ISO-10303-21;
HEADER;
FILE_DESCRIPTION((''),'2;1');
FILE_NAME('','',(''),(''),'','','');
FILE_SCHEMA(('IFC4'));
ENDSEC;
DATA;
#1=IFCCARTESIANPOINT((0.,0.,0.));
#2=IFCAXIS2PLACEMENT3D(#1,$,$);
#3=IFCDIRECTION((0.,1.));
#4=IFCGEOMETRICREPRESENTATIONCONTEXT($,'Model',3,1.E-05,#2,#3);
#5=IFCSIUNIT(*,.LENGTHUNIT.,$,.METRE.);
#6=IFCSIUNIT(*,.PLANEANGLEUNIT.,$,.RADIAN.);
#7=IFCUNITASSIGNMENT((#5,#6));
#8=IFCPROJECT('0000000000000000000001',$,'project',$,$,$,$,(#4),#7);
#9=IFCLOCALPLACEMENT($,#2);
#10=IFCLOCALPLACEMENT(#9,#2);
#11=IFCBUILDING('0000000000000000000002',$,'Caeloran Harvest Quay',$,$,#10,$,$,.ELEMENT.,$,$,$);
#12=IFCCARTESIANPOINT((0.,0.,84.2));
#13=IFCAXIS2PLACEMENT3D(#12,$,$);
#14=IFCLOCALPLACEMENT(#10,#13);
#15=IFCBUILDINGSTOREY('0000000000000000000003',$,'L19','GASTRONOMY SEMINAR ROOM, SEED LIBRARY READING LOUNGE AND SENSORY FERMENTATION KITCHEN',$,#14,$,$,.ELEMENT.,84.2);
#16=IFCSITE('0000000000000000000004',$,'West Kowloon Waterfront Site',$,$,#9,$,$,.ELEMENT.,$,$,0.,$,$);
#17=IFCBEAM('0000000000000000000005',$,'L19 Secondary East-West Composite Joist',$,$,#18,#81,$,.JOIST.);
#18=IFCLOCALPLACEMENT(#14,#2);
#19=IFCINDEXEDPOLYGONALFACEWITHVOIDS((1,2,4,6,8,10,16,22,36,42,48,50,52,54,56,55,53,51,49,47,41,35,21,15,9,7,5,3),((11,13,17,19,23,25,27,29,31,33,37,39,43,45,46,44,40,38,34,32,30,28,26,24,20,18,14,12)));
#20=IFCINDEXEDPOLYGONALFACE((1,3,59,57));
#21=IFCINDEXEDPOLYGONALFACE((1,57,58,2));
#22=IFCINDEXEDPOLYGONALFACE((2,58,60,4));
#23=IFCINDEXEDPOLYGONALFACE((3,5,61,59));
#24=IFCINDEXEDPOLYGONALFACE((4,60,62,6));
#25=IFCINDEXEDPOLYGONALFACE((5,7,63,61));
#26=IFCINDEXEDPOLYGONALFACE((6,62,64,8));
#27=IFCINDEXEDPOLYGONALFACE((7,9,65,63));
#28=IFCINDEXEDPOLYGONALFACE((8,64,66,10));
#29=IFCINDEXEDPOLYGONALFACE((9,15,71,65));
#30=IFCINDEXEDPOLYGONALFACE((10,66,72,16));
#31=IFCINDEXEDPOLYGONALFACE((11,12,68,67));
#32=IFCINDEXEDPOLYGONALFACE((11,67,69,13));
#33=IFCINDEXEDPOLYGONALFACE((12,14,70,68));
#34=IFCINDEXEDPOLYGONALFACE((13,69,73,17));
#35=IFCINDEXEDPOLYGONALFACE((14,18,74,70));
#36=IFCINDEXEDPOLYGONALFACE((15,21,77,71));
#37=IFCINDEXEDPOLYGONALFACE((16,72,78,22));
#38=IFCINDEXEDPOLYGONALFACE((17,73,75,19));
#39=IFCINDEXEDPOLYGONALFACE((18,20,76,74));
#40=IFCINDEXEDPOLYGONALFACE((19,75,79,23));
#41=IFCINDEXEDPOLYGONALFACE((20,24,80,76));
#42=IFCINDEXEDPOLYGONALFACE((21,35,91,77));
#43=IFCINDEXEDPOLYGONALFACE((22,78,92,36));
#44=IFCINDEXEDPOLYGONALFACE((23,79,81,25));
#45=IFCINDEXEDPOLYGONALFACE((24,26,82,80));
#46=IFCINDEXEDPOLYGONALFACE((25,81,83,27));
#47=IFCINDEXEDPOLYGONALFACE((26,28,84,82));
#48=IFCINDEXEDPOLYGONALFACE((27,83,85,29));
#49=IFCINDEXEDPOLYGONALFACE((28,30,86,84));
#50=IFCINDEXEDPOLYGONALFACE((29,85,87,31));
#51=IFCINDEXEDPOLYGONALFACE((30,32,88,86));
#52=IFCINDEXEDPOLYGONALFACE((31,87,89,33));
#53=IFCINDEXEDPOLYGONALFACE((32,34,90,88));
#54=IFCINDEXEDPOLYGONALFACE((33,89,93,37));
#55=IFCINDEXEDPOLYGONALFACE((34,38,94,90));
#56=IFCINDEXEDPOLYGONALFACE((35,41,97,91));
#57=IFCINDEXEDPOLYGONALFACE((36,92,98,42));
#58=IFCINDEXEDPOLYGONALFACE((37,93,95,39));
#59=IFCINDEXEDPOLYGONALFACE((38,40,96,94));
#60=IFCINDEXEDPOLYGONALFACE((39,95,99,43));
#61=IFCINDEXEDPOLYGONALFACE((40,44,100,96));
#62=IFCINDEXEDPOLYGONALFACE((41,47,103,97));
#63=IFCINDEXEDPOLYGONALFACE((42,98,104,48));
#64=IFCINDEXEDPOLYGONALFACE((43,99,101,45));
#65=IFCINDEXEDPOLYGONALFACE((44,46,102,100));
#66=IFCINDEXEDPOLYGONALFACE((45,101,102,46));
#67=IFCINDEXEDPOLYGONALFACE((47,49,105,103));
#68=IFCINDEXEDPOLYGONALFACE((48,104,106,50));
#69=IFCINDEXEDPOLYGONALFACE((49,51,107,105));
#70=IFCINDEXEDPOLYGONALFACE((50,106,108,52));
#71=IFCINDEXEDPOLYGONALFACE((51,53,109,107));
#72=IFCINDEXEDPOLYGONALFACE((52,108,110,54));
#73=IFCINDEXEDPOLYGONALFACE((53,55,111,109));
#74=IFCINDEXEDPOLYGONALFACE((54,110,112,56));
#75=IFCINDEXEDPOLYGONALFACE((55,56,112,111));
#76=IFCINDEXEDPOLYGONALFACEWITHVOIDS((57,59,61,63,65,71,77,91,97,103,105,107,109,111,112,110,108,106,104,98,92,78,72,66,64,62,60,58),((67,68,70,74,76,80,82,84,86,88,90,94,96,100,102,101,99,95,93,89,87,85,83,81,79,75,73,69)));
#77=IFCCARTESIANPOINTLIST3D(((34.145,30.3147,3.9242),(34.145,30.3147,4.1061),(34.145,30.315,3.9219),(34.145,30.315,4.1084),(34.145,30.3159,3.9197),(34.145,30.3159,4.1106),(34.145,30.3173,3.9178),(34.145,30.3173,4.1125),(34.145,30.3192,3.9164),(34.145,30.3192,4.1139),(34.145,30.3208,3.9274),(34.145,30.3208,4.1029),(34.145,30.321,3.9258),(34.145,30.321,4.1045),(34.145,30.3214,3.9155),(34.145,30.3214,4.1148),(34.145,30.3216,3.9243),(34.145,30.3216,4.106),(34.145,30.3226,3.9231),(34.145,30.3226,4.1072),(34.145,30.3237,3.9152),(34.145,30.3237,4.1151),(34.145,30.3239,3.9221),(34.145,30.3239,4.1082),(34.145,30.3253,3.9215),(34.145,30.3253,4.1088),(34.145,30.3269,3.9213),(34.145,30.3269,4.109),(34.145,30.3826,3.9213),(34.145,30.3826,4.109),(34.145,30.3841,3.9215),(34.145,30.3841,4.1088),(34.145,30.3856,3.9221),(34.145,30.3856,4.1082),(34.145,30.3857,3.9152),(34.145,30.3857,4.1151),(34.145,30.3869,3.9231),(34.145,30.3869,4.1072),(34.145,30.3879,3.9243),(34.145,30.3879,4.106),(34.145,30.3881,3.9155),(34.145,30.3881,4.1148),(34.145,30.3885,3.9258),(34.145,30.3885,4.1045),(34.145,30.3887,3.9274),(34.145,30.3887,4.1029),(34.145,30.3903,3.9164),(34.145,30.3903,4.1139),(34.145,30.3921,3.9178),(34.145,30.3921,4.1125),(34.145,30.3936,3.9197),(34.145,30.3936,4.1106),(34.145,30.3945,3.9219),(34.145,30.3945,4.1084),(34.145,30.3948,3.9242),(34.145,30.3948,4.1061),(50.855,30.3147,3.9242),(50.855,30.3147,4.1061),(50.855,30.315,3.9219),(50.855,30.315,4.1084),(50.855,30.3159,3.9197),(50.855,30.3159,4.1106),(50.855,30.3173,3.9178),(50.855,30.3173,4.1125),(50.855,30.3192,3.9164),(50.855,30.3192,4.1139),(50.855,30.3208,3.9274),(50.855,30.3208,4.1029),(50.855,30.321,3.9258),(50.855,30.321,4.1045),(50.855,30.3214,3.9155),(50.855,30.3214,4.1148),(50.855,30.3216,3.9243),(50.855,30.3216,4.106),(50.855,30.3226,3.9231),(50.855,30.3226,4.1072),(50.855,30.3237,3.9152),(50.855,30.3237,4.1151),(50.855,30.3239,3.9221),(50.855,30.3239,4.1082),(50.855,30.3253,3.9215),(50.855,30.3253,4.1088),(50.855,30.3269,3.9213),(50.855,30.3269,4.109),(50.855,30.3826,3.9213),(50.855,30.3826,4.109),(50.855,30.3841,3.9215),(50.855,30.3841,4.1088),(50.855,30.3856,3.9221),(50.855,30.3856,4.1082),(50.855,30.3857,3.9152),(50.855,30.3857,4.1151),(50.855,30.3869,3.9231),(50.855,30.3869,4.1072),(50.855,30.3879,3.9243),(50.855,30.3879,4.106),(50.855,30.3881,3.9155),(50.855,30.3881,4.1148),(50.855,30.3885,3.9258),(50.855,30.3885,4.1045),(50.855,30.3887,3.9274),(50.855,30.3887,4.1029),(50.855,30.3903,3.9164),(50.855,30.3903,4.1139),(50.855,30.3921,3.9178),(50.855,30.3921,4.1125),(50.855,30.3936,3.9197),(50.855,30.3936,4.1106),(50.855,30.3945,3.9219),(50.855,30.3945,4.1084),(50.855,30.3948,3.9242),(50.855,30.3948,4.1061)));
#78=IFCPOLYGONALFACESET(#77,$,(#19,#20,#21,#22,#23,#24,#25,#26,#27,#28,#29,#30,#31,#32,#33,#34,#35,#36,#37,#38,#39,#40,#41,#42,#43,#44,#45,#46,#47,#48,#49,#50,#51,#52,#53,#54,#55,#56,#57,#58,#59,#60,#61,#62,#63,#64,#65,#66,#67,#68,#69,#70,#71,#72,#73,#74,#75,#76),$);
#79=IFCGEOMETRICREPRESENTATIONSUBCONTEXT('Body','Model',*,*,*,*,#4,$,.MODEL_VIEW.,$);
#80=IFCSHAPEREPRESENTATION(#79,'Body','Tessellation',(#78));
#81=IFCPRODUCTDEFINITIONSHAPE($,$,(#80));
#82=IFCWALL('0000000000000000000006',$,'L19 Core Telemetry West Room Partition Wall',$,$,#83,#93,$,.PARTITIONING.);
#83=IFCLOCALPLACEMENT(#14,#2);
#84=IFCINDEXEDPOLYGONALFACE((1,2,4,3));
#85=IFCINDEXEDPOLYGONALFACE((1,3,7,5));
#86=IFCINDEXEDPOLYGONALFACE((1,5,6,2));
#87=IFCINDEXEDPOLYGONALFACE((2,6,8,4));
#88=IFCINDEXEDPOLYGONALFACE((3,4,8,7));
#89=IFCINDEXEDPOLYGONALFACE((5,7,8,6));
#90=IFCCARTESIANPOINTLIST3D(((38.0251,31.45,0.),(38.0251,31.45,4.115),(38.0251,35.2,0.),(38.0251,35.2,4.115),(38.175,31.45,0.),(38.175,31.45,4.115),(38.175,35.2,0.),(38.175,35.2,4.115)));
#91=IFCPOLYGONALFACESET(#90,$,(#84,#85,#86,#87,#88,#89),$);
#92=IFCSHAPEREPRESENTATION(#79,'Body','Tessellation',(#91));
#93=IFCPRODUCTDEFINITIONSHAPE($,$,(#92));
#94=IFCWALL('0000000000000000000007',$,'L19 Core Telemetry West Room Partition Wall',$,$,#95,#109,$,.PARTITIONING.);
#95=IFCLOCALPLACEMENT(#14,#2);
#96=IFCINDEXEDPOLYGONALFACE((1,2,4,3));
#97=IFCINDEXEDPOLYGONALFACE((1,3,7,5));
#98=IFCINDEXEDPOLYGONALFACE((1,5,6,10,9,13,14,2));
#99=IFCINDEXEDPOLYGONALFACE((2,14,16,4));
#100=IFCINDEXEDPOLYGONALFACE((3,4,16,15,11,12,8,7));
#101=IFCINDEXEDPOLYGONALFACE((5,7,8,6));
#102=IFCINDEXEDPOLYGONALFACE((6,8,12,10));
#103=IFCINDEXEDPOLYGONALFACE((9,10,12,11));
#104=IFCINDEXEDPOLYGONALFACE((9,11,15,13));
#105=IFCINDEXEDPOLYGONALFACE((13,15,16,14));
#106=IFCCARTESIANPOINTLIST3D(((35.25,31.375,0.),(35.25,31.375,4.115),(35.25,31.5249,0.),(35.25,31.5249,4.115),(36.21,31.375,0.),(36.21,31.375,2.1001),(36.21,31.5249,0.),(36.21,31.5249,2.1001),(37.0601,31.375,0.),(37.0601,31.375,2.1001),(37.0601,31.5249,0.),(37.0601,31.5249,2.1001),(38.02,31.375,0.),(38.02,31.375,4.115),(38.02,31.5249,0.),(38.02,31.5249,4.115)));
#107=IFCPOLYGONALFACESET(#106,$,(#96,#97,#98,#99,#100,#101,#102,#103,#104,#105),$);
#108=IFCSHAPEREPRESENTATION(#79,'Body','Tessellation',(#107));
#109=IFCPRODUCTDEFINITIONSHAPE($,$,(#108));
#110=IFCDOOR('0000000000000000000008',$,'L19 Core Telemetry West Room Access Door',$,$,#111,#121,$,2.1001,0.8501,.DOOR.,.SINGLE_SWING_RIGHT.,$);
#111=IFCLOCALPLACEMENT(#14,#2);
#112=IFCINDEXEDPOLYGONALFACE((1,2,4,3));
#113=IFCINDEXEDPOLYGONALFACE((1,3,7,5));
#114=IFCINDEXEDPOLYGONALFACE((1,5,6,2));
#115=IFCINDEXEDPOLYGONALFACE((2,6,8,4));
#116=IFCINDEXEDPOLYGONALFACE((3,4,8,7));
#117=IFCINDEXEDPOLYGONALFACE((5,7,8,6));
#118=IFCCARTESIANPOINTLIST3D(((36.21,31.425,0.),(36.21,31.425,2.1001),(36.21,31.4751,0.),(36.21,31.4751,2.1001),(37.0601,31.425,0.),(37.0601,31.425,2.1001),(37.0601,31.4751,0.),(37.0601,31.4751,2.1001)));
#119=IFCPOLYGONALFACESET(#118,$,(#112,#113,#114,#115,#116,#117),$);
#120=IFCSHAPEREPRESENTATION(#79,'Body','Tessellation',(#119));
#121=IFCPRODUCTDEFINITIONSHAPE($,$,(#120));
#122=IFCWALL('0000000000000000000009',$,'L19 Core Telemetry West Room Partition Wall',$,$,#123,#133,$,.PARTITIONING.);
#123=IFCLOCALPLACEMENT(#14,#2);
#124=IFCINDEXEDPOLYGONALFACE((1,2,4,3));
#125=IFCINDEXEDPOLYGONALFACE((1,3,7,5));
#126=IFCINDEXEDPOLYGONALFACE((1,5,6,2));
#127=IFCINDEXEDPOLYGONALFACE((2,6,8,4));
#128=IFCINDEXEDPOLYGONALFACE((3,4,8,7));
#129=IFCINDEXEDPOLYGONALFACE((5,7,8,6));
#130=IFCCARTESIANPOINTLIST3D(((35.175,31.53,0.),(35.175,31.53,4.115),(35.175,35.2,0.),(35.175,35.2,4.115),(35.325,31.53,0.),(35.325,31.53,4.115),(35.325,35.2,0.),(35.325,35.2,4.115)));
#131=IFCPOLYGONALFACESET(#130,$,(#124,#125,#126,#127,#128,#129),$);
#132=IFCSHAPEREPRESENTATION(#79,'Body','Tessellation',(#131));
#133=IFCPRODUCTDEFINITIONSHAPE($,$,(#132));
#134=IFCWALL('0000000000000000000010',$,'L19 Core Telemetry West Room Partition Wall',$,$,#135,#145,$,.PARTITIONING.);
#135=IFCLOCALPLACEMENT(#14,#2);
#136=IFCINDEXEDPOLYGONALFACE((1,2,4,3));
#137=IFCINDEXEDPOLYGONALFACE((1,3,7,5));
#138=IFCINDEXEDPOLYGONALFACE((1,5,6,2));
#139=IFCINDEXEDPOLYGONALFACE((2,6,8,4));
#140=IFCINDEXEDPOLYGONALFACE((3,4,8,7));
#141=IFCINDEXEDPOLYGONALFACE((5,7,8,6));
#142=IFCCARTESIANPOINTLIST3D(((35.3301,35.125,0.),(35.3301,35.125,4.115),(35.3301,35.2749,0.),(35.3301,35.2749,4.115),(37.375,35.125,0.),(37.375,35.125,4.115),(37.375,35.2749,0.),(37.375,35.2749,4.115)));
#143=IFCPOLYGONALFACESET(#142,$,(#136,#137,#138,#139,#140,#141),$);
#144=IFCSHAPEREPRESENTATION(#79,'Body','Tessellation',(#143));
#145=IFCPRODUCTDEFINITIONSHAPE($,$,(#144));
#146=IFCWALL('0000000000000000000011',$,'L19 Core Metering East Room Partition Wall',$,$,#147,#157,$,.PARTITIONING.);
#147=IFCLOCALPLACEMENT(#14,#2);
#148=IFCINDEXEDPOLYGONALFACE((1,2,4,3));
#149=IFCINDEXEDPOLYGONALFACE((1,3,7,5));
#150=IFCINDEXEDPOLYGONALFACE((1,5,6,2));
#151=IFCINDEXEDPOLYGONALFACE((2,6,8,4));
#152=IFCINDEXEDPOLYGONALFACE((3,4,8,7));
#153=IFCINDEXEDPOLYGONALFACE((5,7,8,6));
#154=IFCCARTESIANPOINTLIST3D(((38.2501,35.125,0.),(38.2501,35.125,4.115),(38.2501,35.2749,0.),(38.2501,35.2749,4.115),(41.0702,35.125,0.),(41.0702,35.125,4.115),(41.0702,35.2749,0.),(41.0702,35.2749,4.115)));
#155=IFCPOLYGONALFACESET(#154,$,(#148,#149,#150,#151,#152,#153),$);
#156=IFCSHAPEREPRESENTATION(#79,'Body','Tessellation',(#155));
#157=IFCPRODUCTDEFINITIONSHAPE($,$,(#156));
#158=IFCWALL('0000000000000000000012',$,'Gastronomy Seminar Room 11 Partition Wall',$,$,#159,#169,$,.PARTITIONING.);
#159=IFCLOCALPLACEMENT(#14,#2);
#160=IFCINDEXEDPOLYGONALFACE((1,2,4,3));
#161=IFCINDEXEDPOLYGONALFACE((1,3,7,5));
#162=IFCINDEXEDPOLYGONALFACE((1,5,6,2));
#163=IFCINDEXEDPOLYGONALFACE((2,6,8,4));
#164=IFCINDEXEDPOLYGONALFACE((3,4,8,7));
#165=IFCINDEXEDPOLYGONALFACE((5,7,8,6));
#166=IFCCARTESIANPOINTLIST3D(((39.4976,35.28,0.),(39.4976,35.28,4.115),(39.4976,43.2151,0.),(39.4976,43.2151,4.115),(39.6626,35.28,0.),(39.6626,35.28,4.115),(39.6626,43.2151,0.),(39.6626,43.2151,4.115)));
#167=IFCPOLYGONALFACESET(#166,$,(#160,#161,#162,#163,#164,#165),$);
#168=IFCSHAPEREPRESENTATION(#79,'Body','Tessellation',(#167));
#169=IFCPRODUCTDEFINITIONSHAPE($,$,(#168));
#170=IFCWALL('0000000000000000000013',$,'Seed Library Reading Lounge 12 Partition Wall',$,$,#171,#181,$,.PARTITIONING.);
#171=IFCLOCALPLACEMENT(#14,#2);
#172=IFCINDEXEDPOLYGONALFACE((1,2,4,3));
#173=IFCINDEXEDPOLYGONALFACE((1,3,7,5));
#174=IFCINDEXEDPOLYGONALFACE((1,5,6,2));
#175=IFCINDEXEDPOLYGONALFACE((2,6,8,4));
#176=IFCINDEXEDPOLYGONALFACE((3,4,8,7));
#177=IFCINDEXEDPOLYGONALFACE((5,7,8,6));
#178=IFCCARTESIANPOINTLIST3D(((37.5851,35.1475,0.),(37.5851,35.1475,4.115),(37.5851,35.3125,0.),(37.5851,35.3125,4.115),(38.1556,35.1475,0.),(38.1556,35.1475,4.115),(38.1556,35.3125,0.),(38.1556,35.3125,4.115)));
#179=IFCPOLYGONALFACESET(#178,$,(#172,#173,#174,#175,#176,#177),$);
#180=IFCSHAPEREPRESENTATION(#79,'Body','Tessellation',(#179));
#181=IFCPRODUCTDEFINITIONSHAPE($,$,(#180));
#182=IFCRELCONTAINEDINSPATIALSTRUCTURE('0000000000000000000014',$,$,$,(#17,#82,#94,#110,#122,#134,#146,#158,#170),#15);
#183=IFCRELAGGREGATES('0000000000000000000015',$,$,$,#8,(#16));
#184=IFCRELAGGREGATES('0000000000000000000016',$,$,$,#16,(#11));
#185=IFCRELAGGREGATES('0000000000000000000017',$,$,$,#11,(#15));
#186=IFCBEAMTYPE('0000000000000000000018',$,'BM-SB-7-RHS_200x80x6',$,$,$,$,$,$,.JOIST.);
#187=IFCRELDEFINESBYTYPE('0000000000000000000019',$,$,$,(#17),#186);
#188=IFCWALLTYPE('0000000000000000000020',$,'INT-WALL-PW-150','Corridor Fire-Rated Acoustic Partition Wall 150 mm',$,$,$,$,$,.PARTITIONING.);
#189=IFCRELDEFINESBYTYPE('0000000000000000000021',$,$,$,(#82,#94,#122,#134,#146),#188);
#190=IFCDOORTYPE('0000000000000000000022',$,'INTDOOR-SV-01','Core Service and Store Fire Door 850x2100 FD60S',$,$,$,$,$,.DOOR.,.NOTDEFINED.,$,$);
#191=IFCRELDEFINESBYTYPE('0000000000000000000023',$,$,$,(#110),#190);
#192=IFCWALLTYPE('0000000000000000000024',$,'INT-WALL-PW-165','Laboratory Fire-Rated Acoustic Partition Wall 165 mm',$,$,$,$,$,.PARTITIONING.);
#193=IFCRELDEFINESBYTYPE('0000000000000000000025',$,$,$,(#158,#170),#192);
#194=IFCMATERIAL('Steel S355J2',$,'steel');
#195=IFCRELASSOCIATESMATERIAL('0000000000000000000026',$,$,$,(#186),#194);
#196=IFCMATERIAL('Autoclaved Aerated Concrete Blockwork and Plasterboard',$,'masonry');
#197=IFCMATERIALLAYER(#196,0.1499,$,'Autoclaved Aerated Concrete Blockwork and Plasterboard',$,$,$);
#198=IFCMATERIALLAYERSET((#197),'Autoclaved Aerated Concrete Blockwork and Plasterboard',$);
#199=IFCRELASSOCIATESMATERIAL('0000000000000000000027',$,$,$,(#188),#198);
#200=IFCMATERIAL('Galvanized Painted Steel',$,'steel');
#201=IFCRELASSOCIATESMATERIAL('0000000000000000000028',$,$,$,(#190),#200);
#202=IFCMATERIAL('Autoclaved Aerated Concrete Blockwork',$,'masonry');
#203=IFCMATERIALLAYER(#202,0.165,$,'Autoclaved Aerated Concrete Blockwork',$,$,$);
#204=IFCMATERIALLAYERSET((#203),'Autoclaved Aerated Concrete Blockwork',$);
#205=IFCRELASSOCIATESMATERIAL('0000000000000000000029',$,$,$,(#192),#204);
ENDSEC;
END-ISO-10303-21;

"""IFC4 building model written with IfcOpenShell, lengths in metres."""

from ifc_helpers import new_model, si_unit, direction, frame, frame_2d, origin, origin_2d, place, context, subcontext, project, spatial, rectangle, hollow_rectangle, extrude, material, layer, layer_set, material_profile, profile_set, type_object, element, fill, save


model = new_model("IFC4")

# Units and contexts
model_context = context("Model", 3, precision=1e-05, world=origin(), true_north=direction((0.0, 1.0)))
body_context = subcontext(model_context, "Body", "Model", "MODEL_VIEW")
ifc_project = project(units=[si_unit("LENGTHUNIT", "METRE"), si_unit("PLANEANGLEUNIT", "RADIAN")], contexts=[model_context])

# Site, building, storey
site_placement = place(None, origin())
site = spatial("IfcSite", under=ifc_project, at=site_placement, Name="West Kowloon Waterfront Site", CompositionType="ELEMENT", RefElevation=0.0)
building_placement = place(site_placement, origin())
building = spatial("IfcBuilding", under=site, at=building_placement, Name="Caeloran Harvest Quay", CompositionType="ELEMENT")
storey_placement = place(building_placement, frame((0.0, 0.0, 84.2)))
storey = spatial("IfcBuildingStorey", under=building, at=storey_placement, Name="L19", Description="GASTRONOMY SEMINAR ROOM, SEED LIBRARY READING LOUNGE AND SENSORY FERMENTATION KITCHEN", CompositionType="ELEMENT", Elevation=84.2)

# Beam
ifc_material_1 = material(Name="Steel S355J2", Category="steel")
ifc_material_profile_1 = material_profile(ifc_material_1, hollow_rectangle(XDim=0.0801, YDim=0.2, WallThickness=0.0061, InnerFilletRadius=0.0061, OuterFilletRadius=0.009, at=origin_2d()), Name="RHS 200x80x6")
ifc_profile_set_1 = profile_set([ifc_material_profile_1], Name="Steel S355J2")
beam_type_1 = type_object("IfcBeamType", Name="BM-SB-7-RHS_200x80x6", PredefinedType="JOIST", material=ifc_profile_set_1)
for number, where, z_axis, x_axis, name in (
    (1, (34.145, 30.3547, 4.0151), (1.0, 0.0, 0.0), (0.0, 1.0, 0.0), "L19 Secondary East-West Composite Joist"),
):
    element("IfcBeam", number, at=place(storey_placement, frame(where, z_axis=z_axis, x_axis=x_axis)), inside=storey, type_object=beam_type_1, Name=name, PredefinedType="JOIST", context=body_context, shape_type="SweptSolid", body=[
        extrude(hollow_rectangle(XDim=0.0801, YDim=0.2, WallThickness=0.0061, InnerFilletRadius=0.0061, OuterFilletRadius=0.009, at=origin_2d()), origin(), (0.0, 0.0, 1.0), 16.71),
    ])

# Wall
ifc_material_2 = material(Name="Autoclaved Aerated Concrete Blockwork and Plasterboard", Category="masonry")
ifc_layer_1 = layer(ifc_material_2, 0.1499, Name="Autoclaved Aerated Concrete Blockwork and Plasterboard")
ifc_layer_set_1 = layer_set([ifc_layer_1], Name="Autoclaved Aerated Concrete Blockwork and Plasterboard")
wall_type_1 = type_object("IfcWallType", Name="INT-WALL-PW-150", Description="Corridor Fire-Rated Acoustic Partition Wall 150 mm", PredefinedType="PARTITIONING", material=ifc_layer_set_1)
wall_1_placement = place(storey_placement, frame((38.1001, 35.2, 0.0), z_axis=(0.0, 0.0, 1.0), x_axis=(0.0, -1.0, 0.0)))
element("IfcWall", 2, at=wall_1_placement, inside=storey, type_object=wall_type_1, Name="L19 Core Telemetry West Room Partition Wall", PredefinedType="PARTITIONING", context=body_context, shape_type="SweptSolid", body=[
    extrude(rectangle(XDim=3.75, YDim=0.1499, at=frame_2d((1.875, 0.0))), origin(), (0.0, 0.0, 1.0), 4.115),
])

# Wall, opening, door
wall_2_placement = place(storey_placement, frame((38.02, 31.45, 0.0), z_axis=(0.0, 0.0, 1.0), x_axis=(-1.0, 0.0, 0.0)))
wall_2 = element("IfcWall", 3, at=wall_2_placement, inside=storey, type_object=wall_type_1, Name="L19 Core Telemetry West Room Partition Wall", PredefinedType="PARTITIONING", context=body_context, shape_type="SweptSolid", body=[
    extrude(rectangle(XDim=2.77, YDim=0.1499, at=frame_2d((1.385, 0.0))), origin(), (0.0, 0.0, 1.0), 4.115),
])
opening_1_placement = place(wall_2_placement, frame((0.96, 0.0, 0.0)))
opening_1 = element("IfcOpeningElement", 4, at=opening_1_placement, cuts=wall_2, PredefinedType="OPENING", context=body_context, shape_type="SweptSolid", body=[
    extrude(rectangle(XDim=0.8501, YDim=2.1001, at=frame_2d((0.425, 1.05))), frame((0.0, 0.085, 0.0), z_axis=(0.0, -1.0, 0.0), x_axis=(1.0, 0.0, 0.0)), (0.0, 0.0, 1.0), 0.1699),
])
ifc_material_3 = material(Name="Galvanized Painted Steel", Category="steel")
door_type_1 = type_object("IfcDoorType", Name="INTDOOR-SV-01", Description="Core Service and Store Fire Door 850x2100 FD60S", OperationType="NOTDEFINED", PredefinedType="DOOR", material=ifc_material_3)
door_1_placement = place(opening_1_placement, origin())
door_1 = element("IfcDoor", 5, at=door_1_placement, inside=storey, type_object=door_type_1, Name="L19 Core Telemetry West Room Access Door", OperationType="SINGLE_SWING_RIGHT", OverallHeight=2.1001, OverallWidth=0.8501, PredefinedType="DOOR", context=body_context, shape_type="SweptSolid", body=[
    extrude(rectangle(XDim=0.8501, YDim=2.1001, at=frame_2d((0.425, 1.05))), frame((0.0, 0.0249, 0.0), z_axis=(0.0, -1.0, 0.0), x_axis=(1.0, 0.0, 0.0)), (0.0, 0.0, 1.0), 0.05),
])
fill(opening_1, door_1)

# Walls
wall_3_placement = place(storey_placement, frame((35.25, 31.53, 0.0), z_axis=(0.0, 0.0, 1.0), x_axis=(0.0, 1.0, 0.0)))
element("IfcWall", 6, at=wall_3_placement, inside=storey, type_object=wall_type_1, Name="L19 Core Telemetry West Room Partition Wall", PredefinedType="PARTITIONING", context=body_context, shape_type="SweptSolid", body=[
    extrude(rectangle(XDim=3.6699, YDim=0.1499, at=frame_2d((1.835, 0.0))), origin(), (0.0, 0.0, 1.0), 4.115),
])
wall_4_placement = place(storey_placement, frame((35.3301, 35.2, 0.0), z_axis=(0.0, 0.0, 1.0), x_axis=(1.0, 0.0, 0.0)))
element("IfcWall", 7, at=wall_4_placement, inside=storey, type_object=wall_type_1, Name="L19 Core Telemetry West Room Partition Wall", PredefinedType="PARTITIONING", context=body_context, shape_type="SweptSolid", body=[
    extrude(rectangle(XDim=2.0449, YDim=0.1499, at=frame_2d((1.0225, 0.0))), origin(), (0.0, 0.0, 1.0), 4.115),
])
wall_5_placement = place(storey_placement, frame((38.25, 35.2, 0.0), z_axis=(0.0, 0.0, 1.0), x_axis=(1.0, 0.0, 0.0)))
element("IfcWall", 8, at=wall_5_placement, inside=storey, type_object=wall_type_1, Name="L19 Core Metering East Room Partition Wall", PredefinedType="PARTITIONING", context=body_context, shape_type="SweptSolid", body=[
    extrude(rectangle(XDim=2.8201, YDim=0.1499, at=frame_2d((1.4102, 0.0))), origin(), (0.0, 0.0, 1.0), 4.115),
])

# Shared definitions
ifc_material_4 = material(Name="Autoclaved Aerated Concrete Blockwork", Category="masonry")
ifc_layer_2 = layer(ifc_material_4, 0.165, Name="Autoclaved Aerated Concrete Blockwork")
ifc_layer_set_2 = layer_set([ifc_layer_2], Name="Autoclaved Aerated Concrete Blockwork")
wall_type_2 = type_object("IfcWallType", Name="INT-WALL-PW-165", Description="Laboratory Fire-Rated Acoustic Partition Wall 165 mm", PredefinedType="PARTITIONING", material=ifc_layer_set_2)

# Walls
wall_6_placement = place(storey_placement, frame((39.5801, 35.28, 0.0), z_axis=(0.0, 0.0, 1.0), x_axis=(0.0, 1.0, 0.0)))
element("IfcWall", 9, at=wall_6_placement, inside=storey, type_object=wall_type_2, Name="Gastronomy Seminar Room 11 Partition Wall", PredefinedType="PARTITIONING", context=body_context, shape_type="SweptSolid", body=[
    extrude(rectangle(XDim=7.9351, YDim=0.165, at=frame_2d((3.9675, 0.0))), origin(), (0.0, 0.0, 1.0), 4.115),
])
wall_7_placement = place(storey_placement, frame((38.1555, 35.23, 0.0), z_axis=(0.0, 0.0, 1.0), x_axis=(-1.0, 0.0, 0.0)))
element("IfcWall", 10, at=wall_7_placement, inside=storey, type_object=wall_type_2, Name="Seed Library Reading Lounge 12 Partition Wall", PredefinedType="PARTITIONING", context=body_context, shape_type="SweptSolid", body=[
    extrude(rectangle(XDim=0.5706, YDim=0.165, at=frame_2d((0.2852, 0.0))), origin(), (0.0, 0.0, 1.0), 4.115),
])

save(model, "model.ifc")
